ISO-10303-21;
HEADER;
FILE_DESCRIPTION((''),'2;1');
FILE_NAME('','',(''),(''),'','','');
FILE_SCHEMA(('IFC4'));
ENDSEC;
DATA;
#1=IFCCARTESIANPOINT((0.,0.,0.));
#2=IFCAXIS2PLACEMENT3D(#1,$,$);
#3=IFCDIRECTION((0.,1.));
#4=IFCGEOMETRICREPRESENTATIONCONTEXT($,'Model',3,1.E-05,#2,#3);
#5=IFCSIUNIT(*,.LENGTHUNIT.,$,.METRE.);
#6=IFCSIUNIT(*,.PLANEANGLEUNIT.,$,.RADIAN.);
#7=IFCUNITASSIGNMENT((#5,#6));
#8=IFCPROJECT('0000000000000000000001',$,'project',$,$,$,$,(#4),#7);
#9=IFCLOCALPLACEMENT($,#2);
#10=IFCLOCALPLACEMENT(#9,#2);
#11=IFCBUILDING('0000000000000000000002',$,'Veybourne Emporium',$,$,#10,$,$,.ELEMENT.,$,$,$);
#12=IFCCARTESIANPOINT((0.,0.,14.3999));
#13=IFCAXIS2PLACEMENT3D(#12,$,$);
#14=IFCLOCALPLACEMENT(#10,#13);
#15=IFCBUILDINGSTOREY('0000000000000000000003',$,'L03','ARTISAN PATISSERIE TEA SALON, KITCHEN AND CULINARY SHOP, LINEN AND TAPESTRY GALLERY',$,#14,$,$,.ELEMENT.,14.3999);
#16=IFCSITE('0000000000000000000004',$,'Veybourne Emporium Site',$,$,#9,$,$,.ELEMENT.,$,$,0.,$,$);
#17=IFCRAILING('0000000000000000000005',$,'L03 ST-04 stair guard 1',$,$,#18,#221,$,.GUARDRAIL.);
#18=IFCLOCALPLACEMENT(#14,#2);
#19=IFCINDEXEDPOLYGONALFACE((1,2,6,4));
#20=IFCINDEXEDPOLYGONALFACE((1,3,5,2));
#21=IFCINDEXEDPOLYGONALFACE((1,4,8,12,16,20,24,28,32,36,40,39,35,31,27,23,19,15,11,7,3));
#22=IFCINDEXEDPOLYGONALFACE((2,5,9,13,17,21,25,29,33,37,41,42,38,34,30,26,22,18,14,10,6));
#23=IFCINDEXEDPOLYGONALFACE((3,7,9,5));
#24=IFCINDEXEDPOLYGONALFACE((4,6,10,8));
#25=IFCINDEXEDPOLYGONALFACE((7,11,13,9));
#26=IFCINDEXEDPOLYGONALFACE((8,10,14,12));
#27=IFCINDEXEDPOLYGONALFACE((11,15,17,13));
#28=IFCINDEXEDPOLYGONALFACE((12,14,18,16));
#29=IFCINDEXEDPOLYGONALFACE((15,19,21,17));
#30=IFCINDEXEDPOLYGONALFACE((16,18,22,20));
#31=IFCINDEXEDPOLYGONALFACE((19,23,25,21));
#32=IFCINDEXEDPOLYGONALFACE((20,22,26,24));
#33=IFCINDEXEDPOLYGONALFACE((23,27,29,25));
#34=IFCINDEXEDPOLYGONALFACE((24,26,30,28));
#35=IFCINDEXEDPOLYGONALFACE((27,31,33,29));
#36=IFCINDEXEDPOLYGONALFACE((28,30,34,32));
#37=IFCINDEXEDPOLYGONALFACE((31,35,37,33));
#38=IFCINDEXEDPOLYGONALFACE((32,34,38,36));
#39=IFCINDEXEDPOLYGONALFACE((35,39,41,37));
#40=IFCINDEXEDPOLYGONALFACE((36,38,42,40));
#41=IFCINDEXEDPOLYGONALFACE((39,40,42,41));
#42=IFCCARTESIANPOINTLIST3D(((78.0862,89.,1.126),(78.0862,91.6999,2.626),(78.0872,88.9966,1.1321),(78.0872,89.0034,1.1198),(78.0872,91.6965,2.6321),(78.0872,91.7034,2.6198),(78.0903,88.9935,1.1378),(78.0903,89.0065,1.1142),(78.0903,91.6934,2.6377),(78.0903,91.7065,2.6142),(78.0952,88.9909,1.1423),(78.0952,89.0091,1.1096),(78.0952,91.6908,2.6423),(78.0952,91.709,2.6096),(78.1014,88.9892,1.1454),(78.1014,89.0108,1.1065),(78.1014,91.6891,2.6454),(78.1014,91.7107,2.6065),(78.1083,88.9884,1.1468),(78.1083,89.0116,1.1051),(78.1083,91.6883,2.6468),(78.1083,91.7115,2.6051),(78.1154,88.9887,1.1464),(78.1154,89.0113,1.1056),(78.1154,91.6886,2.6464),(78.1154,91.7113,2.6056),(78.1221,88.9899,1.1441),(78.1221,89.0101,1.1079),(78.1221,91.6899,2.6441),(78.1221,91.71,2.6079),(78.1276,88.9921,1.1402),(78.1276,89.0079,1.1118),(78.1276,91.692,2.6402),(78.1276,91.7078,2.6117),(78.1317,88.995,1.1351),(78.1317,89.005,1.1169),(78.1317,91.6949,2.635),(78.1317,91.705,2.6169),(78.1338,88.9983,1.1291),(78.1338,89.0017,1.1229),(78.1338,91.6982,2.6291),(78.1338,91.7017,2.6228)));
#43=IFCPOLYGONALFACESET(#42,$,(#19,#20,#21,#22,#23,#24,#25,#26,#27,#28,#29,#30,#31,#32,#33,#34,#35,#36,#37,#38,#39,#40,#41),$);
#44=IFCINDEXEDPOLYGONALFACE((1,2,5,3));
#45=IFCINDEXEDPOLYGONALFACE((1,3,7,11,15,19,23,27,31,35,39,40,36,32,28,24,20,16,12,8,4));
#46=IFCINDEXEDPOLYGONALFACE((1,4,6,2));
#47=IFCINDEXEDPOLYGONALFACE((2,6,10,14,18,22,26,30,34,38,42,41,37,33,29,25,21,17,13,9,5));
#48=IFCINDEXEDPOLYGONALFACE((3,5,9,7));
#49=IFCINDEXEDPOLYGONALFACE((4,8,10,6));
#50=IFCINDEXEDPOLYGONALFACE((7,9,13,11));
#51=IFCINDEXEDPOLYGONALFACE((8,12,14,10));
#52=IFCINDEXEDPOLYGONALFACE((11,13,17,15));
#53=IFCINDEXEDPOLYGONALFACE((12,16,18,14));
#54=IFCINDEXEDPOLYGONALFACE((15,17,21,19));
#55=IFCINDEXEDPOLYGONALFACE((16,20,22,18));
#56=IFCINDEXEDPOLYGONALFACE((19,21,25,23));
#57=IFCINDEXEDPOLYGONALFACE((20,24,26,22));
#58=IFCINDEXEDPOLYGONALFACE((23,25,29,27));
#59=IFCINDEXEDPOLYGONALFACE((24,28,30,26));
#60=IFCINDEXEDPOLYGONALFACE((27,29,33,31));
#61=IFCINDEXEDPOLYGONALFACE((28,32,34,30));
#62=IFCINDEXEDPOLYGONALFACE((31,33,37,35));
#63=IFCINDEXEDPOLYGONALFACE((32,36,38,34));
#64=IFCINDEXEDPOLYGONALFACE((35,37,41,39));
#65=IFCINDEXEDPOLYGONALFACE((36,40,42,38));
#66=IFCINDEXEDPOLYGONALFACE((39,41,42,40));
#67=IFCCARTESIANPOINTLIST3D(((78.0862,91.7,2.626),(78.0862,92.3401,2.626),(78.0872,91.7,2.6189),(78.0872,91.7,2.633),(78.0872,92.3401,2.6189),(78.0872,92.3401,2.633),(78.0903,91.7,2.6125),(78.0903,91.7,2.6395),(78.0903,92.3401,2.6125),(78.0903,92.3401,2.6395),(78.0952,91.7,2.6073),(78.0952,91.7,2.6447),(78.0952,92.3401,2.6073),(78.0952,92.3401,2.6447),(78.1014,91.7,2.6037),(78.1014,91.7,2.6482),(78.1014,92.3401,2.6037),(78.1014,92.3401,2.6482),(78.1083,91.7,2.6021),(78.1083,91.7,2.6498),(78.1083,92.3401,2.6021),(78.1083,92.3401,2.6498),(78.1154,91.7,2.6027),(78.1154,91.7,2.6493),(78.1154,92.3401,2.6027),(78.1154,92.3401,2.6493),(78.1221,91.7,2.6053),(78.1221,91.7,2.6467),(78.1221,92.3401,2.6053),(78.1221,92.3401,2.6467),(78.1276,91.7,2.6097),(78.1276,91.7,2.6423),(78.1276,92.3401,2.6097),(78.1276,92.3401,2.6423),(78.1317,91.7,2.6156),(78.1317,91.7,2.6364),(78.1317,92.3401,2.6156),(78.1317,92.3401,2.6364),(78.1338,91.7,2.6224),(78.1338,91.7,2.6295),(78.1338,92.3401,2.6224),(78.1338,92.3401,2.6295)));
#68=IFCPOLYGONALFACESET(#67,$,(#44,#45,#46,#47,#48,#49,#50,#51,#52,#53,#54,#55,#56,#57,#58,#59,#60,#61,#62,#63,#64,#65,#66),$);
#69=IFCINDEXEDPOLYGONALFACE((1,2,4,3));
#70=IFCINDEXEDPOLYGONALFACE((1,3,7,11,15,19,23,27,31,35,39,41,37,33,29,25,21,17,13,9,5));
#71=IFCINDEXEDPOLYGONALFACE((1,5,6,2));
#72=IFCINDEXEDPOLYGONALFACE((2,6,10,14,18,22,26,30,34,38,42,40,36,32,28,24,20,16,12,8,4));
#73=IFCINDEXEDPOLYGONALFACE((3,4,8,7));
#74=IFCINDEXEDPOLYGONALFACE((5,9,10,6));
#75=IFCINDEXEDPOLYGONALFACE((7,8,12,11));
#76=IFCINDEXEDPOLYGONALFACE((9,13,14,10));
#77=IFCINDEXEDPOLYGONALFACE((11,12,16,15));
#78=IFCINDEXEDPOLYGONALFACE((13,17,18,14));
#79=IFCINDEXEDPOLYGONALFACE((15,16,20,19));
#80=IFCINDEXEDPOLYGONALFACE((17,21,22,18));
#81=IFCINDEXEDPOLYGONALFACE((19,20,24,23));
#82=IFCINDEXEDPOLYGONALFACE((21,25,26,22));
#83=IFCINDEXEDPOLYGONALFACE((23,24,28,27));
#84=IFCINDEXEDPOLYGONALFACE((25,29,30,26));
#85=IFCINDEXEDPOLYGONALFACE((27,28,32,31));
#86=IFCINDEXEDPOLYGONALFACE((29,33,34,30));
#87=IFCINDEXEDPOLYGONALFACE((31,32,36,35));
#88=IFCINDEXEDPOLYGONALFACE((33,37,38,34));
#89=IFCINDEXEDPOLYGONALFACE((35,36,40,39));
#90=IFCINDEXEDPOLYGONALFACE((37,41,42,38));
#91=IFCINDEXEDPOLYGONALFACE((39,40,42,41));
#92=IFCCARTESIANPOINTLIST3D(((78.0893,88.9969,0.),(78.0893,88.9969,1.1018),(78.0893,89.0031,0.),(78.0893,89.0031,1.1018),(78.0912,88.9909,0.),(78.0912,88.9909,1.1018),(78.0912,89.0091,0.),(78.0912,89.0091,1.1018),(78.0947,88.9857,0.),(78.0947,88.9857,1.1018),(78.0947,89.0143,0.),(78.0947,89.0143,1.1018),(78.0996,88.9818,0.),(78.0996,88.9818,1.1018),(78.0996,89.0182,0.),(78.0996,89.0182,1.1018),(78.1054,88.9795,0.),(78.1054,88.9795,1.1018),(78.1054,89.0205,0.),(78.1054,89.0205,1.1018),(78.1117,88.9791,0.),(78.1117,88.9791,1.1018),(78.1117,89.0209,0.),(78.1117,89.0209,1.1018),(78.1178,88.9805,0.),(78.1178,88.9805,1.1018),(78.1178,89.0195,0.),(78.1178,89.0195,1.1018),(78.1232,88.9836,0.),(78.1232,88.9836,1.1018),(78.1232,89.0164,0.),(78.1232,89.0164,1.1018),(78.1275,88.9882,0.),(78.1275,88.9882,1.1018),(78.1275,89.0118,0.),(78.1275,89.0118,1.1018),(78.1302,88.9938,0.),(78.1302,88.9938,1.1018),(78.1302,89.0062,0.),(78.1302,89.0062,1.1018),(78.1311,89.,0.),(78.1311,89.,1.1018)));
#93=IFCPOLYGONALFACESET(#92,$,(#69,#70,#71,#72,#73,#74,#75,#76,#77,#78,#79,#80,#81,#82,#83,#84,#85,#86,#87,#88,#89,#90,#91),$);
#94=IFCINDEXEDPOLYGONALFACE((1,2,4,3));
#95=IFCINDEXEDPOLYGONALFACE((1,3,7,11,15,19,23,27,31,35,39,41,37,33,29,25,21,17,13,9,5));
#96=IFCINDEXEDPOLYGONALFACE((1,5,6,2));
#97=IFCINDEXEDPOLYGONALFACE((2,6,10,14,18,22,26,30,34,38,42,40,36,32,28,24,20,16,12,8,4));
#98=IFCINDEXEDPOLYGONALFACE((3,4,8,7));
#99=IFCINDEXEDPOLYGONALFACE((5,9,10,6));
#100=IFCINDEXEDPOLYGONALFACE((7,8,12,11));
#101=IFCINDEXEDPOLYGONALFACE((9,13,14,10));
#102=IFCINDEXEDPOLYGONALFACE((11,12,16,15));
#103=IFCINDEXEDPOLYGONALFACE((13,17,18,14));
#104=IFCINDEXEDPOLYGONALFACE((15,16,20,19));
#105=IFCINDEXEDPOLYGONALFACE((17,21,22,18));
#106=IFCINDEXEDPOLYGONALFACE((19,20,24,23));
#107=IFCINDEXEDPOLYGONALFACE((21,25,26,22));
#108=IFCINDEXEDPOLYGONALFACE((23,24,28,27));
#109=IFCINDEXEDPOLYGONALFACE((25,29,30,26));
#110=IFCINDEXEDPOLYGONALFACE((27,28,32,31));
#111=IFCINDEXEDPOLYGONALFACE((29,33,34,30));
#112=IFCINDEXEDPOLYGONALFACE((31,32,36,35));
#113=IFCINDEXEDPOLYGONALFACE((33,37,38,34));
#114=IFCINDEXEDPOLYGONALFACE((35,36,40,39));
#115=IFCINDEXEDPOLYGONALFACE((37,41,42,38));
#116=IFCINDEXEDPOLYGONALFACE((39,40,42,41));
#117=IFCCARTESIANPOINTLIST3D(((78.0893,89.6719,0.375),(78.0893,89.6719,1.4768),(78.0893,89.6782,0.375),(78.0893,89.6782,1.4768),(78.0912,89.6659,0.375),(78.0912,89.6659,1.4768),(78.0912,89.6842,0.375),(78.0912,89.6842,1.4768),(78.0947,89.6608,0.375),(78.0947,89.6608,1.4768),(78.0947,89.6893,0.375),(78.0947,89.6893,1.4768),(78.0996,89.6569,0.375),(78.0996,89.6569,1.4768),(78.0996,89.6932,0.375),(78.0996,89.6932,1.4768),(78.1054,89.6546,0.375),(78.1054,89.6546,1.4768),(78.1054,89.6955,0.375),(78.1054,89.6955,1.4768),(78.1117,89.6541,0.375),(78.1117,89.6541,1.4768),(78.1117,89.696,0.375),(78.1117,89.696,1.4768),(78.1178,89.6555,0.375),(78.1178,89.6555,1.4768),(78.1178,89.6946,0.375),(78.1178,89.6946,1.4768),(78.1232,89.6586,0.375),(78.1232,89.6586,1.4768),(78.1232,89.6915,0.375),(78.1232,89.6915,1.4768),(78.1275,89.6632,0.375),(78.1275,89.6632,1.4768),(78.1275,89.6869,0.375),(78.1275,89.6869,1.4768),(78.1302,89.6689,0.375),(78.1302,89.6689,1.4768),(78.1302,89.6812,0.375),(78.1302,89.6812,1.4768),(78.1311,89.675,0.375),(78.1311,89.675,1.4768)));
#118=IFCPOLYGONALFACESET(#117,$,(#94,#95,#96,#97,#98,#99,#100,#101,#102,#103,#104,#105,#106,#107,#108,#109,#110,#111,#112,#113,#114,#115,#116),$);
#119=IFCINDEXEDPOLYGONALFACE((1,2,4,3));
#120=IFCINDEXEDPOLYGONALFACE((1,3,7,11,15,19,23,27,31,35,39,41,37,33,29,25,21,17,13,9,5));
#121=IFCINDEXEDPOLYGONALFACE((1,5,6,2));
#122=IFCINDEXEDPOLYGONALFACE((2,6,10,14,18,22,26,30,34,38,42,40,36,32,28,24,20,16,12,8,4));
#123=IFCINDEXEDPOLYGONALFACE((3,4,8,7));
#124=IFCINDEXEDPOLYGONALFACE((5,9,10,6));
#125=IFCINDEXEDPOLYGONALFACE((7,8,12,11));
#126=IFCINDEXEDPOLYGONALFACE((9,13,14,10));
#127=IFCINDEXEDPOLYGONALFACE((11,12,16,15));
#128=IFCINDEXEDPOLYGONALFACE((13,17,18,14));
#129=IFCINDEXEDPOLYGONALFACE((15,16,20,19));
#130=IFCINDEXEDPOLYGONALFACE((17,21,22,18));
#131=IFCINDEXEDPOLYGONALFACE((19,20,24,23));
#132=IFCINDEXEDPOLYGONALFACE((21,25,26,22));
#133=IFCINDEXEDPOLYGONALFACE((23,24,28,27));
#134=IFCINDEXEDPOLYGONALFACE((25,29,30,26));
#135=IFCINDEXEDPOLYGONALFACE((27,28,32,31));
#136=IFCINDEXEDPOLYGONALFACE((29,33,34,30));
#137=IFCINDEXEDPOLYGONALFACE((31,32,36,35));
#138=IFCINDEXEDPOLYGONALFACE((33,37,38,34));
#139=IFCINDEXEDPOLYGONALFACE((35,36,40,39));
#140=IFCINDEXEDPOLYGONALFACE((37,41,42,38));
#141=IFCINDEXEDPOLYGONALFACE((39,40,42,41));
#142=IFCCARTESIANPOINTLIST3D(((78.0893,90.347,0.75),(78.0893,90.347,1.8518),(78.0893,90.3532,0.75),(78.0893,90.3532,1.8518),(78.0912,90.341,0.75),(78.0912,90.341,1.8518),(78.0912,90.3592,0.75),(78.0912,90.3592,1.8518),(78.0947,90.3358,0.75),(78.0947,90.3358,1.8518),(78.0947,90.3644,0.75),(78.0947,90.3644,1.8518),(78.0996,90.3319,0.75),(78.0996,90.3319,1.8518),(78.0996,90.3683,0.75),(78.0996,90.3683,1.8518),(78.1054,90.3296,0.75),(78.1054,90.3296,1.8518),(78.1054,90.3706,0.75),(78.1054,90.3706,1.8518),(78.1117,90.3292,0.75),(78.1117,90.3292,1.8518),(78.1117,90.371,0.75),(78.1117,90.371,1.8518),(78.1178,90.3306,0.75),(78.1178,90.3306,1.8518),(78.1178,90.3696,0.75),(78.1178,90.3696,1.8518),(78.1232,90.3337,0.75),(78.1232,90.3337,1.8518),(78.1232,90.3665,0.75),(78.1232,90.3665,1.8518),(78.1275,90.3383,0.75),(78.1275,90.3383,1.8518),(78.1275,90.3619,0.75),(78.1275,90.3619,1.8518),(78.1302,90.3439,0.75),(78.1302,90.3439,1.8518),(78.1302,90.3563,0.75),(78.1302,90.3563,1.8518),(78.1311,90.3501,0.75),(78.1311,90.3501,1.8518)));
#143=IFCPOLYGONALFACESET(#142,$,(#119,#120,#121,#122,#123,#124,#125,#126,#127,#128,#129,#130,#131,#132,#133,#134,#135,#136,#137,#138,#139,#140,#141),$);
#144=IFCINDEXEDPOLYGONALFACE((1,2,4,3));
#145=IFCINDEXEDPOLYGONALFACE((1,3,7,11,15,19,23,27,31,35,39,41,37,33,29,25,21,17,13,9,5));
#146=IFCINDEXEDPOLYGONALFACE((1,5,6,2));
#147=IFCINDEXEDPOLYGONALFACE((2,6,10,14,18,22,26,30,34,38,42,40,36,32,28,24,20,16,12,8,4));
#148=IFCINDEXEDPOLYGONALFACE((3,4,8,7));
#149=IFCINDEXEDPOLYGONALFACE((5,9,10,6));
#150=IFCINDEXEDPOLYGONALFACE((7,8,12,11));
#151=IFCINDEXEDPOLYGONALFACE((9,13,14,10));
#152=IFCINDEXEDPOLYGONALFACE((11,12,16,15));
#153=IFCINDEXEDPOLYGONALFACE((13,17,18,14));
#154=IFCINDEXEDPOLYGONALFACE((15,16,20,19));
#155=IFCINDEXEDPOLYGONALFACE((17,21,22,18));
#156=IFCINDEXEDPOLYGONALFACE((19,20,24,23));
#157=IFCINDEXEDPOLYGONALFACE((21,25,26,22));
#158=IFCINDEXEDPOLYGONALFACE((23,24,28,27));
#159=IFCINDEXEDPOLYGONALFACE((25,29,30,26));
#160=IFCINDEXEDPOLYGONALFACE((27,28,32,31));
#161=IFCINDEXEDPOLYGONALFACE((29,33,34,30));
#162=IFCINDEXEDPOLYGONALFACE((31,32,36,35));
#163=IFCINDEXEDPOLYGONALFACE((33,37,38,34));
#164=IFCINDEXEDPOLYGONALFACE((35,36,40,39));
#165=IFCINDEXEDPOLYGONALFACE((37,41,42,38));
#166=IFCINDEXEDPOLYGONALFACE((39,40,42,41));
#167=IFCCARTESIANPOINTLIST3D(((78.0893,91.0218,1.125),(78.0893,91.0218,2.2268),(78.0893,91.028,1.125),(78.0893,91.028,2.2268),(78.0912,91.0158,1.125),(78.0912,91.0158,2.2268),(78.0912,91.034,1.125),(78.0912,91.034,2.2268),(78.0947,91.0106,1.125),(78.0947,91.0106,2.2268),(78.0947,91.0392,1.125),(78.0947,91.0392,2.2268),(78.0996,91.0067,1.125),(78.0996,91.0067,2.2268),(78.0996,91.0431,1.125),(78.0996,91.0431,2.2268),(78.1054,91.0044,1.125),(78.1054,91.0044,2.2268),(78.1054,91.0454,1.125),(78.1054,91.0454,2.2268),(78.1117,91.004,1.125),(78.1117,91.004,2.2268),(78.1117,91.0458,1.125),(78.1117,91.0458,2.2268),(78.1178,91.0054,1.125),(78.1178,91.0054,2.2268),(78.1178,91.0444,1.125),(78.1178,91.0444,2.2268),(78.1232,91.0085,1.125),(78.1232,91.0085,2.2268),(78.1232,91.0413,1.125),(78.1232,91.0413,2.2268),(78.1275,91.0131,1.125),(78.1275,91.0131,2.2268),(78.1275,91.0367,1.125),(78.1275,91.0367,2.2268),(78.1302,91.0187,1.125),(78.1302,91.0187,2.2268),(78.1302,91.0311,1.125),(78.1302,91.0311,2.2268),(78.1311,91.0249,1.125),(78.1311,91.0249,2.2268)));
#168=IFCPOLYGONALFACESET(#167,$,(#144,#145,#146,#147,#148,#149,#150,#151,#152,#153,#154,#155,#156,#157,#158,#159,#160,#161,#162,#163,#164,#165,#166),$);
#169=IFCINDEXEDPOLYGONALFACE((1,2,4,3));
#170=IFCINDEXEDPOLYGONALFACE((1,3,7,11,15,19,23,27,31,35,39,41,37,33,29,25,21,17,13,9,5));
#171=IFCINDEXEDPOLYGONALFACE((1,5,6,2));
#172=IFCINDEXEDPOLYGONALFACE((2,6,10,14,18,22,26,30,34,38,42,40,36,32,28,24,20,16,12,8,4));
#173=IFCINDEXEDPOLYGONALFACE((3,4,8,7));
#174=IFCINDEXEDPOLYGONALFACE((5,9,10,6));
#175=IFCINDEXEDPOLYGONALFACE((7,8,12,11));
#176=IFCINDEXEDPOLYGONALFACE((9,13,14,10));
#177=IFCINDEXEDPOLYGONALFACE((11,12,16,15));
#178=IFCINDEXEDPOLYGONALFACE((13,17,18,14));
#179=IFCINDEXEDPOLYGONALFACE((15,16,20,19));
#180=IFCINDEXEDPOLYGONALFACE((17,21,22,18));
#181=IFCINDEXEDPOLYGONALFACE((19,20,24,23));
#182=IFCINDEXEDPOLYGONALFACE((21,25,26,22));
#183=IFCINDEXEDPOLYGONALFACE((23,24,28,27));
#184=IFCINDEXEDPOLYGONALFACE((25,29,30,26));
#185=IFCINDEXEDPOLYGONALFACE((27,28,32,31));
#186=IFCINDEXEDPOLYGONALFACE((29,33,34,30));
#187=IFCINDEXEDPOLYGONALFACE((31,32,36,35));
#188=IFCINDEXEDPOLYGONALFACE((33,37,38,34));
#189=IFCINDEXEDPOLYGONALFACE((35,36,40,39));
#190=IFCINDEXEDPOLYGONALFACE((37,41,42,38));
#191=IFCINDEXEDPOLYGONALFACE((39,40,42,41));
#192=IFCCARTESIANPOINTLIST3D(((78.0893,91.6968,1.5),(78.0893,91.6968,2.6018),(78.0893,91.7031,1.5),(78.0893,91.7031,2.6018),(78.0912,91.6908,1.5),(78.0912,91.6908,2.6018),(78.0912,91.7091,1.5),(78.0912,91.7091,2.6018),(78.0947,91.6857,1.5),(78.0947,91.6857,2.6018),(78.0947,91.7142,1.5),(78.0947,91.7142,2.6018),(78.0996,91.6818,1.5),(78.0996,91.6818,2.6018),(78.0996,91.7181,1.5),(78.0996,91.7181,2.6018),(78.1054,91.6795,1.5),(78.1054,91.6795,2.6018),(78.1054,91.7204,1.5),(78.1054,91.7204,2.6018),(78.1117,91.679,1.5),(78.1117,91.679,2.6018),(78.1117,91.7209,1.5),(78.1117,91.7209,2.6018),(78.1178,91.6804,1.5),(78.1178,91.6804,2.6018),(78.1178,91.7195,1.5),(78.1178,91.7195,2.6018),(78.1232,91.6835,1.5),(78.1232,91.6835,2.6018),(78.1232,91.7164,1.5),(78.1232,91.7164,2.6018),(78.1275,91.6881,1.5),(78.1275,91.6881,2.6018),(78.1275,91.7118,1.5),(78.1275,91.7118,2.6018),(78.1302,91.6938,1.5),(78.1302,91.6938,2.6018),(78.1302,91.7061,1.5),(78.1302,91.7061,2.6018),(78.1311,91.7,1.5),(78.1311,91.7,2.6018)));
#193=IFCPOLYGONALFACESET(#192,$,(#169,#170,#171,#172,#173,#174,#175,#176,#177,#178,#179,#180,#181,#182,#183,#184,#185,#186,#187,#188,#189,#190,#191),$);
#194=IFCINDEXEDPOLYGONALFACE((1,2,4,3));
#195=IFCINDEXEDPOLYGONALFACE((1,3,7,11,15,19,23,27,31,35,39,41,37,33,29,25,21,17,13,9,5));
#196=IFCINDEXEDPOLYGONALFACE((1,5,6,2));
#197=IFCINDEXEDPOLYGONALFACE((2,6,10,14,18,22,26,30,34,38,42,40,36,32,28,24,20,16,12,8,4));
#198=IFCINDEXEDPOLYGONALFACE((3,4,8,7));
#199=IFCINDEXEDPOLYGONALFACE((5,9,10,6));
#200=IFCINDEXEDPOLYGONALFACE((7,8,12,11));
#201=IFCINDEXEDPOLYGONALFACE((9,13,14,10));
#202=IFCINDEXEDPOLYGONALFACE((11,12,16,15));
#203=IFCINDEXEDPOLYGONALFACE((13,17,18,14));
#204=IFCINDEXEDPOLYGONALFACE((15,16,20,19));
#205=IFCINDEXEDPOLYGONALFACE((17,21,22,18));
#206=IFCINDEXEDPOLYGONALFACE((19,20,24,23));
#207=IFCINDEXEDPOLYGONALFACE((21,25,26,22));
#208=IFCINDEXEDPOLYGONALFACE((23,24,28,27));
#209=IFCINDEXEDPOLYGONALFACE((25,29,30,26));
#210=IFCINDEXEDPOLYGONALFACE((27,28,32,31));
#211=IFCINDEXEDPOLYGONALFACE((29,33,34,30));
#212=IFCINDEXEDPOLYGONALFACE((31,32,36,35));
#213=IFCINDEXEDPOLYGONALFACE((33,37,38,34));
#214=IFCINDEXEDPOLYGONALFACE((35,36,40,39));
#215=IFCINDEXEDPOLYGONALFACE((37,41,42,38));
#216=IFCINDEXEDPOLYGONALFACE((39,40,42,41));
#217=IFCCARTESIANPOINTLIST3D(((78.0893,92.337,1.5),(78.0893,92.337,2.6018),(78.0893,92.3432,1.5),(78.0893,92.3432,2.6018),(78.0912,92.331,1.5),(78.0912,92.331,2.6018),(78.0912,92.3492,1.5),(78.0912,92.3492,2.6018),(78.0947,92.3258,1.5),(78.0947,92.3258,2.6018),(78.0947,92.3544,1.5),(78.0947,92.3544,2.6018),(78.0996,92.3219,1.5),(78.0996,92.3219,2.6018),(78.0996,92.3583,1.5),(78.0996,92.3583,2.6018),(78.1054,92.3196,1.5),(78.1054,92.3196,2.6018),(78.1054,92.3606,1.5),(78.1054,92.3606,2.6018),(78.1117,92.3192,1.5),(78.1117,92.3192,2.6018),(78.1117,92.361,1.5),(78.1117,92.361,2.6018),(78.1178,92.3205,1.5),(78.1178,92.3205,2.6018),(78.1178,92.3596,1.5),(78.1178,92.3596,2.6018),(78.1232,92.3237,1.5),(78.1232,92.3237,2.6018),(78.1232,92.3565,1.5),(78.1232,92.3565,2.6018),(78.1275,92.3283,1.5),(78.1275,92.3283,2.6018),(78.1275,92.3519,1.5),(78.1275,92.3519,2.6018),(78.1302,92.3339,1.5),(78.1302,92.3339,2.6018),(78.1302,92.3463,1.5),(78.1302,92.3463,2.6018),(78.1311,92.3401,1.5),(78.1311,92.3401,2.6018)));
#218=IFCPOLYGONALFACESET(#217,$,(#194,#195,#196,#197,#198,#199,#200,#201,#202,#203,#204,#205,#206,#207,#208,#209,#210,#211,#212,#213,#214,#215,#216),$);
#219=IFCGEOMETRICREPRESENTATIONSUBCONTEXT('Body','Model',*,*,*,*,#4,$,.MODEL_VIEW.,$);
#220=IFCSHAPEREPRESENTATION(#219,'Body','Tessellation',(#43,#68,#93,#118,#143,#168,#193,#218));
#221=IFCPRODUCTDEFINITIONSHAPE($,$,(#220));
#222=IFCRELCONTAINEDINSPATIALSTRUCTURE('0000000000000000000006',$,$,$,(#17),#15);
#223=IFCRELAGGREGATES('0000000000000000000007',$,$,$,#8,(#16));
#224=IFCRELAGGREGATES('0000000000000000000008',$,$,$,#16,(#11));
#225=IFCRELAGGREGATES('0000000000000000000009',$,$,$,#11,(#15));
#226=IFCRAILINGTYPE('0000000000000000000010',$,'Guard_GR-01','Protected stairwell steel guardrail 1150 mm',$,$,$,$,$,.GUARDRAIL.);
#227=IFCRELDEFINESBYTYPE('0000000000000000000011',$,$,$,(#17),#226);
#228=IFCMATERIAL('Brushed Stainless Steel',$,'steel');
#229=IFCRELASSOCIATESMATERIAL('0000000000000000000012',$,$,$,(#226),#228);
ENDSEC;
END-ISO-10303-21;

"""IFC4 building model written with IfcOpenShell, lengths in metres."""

from ifc_helpers import new_model, si_unit, direction, frame, origin, origin_2d, place, context, subcontext, project, spatial, circle, extrude, material, type_object, element, save


model = new_model("IFC4")

# Units and contexts
model_context = context("Model", 3, precision=1e-05, world=origin(), true_north=direction((0.0, 1.0)))
body_context = subcontext(model_context, "Body", "Model", "MODEL_VIEW")
ifc_project = project(units=[si_unit("LENGTHUNIT", "METRE"), si_unit("PLANEANGLEUNIT", "RADIAN")], contexts=[model_context])

# Site, building, storey
site_placement = place(None, origin())
site = spatial("IfcSite", under=ifc_project, at=site_placement, Name="Veybourne Emporium Site", CompositionType="ELEMENT", RefElevation=0.0)
building_placement = place(site_placement, origin())
building = spatial("IfcBuilding", under=site, at=building_placement, Name="Veybourne Emporium", CompositionType="ELEMENT")
storey_placement = place(building_placement, frame((0.0, 0.0, 14.3999)))
storey = spatial("IfcBuildingStorey", under=building, at=storey_placement, Name="L03", Description="ARTISAN PATISSERIE TEA SALON, KITCHEN AND CULINARY SHOP, LINEN AND TAPESTRY GALLERY", CompositionType="ELEMENT", Elevation=14.3999)

# Railing
ifc_material_1 = material(Name="Brushed Stainless Steel", Category="steel")
railing_type_1 = type_object("IfcRailingType", Name="Guard_GR-01", Description="Protected stairwell steel guardrail 1150 mm", PredefinedType="GUARDRAIL", material=ifc_material_1)
railing_1_placement = place(storey_placement, frame((78.1101, 89.0, 0.0)))
element("IfcRailing", 1, at=railing_1_placement, inside=storey, type_object=railing_type_1, Name="L03 ST-04 stair guard 1", PredefinedType="GUARDRAIL", context=body_context, shape_type="SweptSolid", body=[
    extrude(circle(Radius=0.0239, at=origin_2d()), frame((0.0, 0.0, 1.126), z_axis=(0.0, 0.874154, 0.48565), x_axis=(-1.0, 0.0, 0.0)), (0.0, 0.0, 1.0), 3.0886),
    extrude(circle(Radius=0.0239, at=origin_2d()), frame((0.0, 2.7, 2.626), z_axis=(0.0, 1.0, 0.0), x_axis=(-1.0, 0.0, 0.0)), (0.0, 0.0, 1.0), 0.6401),
    extrude(circle(Radius=0.021, at=origin_2d()), origin(), (0.0, 0.0, 1.0), 1.1018),
    extrude(circle(Radius=0.021, at=origin_2d()), frame((0.0, 0.675, 0.375)), (0.0, 0.0, 1.0), 1.1018),
    extrude(circle(Radius=0.021, at=origin_2d()), frame((0.0, 1.3501, 0.75)), (0.0, 0.0, 1.0), 1.1018),
    extrude(circle(Radius=0.021, at=origin_2d()), frame((0.0, 2.0249, 1.125)), (0.0, 0.0, 1.0), 1.1018),
    extrude(circle(Radius=0.021, at=origin_2d()), frame((0.0, 2.7, 1.5)), (0.0, 0.0, 1.0), 1.1018),
    extrude(circle(Radius=0.021, at=origin_2d()), frame((0.0, 3.3401, 1.5)), (0.0, 0.0, 1.0), 1.1018),
])

save(model, "model.ifc")
